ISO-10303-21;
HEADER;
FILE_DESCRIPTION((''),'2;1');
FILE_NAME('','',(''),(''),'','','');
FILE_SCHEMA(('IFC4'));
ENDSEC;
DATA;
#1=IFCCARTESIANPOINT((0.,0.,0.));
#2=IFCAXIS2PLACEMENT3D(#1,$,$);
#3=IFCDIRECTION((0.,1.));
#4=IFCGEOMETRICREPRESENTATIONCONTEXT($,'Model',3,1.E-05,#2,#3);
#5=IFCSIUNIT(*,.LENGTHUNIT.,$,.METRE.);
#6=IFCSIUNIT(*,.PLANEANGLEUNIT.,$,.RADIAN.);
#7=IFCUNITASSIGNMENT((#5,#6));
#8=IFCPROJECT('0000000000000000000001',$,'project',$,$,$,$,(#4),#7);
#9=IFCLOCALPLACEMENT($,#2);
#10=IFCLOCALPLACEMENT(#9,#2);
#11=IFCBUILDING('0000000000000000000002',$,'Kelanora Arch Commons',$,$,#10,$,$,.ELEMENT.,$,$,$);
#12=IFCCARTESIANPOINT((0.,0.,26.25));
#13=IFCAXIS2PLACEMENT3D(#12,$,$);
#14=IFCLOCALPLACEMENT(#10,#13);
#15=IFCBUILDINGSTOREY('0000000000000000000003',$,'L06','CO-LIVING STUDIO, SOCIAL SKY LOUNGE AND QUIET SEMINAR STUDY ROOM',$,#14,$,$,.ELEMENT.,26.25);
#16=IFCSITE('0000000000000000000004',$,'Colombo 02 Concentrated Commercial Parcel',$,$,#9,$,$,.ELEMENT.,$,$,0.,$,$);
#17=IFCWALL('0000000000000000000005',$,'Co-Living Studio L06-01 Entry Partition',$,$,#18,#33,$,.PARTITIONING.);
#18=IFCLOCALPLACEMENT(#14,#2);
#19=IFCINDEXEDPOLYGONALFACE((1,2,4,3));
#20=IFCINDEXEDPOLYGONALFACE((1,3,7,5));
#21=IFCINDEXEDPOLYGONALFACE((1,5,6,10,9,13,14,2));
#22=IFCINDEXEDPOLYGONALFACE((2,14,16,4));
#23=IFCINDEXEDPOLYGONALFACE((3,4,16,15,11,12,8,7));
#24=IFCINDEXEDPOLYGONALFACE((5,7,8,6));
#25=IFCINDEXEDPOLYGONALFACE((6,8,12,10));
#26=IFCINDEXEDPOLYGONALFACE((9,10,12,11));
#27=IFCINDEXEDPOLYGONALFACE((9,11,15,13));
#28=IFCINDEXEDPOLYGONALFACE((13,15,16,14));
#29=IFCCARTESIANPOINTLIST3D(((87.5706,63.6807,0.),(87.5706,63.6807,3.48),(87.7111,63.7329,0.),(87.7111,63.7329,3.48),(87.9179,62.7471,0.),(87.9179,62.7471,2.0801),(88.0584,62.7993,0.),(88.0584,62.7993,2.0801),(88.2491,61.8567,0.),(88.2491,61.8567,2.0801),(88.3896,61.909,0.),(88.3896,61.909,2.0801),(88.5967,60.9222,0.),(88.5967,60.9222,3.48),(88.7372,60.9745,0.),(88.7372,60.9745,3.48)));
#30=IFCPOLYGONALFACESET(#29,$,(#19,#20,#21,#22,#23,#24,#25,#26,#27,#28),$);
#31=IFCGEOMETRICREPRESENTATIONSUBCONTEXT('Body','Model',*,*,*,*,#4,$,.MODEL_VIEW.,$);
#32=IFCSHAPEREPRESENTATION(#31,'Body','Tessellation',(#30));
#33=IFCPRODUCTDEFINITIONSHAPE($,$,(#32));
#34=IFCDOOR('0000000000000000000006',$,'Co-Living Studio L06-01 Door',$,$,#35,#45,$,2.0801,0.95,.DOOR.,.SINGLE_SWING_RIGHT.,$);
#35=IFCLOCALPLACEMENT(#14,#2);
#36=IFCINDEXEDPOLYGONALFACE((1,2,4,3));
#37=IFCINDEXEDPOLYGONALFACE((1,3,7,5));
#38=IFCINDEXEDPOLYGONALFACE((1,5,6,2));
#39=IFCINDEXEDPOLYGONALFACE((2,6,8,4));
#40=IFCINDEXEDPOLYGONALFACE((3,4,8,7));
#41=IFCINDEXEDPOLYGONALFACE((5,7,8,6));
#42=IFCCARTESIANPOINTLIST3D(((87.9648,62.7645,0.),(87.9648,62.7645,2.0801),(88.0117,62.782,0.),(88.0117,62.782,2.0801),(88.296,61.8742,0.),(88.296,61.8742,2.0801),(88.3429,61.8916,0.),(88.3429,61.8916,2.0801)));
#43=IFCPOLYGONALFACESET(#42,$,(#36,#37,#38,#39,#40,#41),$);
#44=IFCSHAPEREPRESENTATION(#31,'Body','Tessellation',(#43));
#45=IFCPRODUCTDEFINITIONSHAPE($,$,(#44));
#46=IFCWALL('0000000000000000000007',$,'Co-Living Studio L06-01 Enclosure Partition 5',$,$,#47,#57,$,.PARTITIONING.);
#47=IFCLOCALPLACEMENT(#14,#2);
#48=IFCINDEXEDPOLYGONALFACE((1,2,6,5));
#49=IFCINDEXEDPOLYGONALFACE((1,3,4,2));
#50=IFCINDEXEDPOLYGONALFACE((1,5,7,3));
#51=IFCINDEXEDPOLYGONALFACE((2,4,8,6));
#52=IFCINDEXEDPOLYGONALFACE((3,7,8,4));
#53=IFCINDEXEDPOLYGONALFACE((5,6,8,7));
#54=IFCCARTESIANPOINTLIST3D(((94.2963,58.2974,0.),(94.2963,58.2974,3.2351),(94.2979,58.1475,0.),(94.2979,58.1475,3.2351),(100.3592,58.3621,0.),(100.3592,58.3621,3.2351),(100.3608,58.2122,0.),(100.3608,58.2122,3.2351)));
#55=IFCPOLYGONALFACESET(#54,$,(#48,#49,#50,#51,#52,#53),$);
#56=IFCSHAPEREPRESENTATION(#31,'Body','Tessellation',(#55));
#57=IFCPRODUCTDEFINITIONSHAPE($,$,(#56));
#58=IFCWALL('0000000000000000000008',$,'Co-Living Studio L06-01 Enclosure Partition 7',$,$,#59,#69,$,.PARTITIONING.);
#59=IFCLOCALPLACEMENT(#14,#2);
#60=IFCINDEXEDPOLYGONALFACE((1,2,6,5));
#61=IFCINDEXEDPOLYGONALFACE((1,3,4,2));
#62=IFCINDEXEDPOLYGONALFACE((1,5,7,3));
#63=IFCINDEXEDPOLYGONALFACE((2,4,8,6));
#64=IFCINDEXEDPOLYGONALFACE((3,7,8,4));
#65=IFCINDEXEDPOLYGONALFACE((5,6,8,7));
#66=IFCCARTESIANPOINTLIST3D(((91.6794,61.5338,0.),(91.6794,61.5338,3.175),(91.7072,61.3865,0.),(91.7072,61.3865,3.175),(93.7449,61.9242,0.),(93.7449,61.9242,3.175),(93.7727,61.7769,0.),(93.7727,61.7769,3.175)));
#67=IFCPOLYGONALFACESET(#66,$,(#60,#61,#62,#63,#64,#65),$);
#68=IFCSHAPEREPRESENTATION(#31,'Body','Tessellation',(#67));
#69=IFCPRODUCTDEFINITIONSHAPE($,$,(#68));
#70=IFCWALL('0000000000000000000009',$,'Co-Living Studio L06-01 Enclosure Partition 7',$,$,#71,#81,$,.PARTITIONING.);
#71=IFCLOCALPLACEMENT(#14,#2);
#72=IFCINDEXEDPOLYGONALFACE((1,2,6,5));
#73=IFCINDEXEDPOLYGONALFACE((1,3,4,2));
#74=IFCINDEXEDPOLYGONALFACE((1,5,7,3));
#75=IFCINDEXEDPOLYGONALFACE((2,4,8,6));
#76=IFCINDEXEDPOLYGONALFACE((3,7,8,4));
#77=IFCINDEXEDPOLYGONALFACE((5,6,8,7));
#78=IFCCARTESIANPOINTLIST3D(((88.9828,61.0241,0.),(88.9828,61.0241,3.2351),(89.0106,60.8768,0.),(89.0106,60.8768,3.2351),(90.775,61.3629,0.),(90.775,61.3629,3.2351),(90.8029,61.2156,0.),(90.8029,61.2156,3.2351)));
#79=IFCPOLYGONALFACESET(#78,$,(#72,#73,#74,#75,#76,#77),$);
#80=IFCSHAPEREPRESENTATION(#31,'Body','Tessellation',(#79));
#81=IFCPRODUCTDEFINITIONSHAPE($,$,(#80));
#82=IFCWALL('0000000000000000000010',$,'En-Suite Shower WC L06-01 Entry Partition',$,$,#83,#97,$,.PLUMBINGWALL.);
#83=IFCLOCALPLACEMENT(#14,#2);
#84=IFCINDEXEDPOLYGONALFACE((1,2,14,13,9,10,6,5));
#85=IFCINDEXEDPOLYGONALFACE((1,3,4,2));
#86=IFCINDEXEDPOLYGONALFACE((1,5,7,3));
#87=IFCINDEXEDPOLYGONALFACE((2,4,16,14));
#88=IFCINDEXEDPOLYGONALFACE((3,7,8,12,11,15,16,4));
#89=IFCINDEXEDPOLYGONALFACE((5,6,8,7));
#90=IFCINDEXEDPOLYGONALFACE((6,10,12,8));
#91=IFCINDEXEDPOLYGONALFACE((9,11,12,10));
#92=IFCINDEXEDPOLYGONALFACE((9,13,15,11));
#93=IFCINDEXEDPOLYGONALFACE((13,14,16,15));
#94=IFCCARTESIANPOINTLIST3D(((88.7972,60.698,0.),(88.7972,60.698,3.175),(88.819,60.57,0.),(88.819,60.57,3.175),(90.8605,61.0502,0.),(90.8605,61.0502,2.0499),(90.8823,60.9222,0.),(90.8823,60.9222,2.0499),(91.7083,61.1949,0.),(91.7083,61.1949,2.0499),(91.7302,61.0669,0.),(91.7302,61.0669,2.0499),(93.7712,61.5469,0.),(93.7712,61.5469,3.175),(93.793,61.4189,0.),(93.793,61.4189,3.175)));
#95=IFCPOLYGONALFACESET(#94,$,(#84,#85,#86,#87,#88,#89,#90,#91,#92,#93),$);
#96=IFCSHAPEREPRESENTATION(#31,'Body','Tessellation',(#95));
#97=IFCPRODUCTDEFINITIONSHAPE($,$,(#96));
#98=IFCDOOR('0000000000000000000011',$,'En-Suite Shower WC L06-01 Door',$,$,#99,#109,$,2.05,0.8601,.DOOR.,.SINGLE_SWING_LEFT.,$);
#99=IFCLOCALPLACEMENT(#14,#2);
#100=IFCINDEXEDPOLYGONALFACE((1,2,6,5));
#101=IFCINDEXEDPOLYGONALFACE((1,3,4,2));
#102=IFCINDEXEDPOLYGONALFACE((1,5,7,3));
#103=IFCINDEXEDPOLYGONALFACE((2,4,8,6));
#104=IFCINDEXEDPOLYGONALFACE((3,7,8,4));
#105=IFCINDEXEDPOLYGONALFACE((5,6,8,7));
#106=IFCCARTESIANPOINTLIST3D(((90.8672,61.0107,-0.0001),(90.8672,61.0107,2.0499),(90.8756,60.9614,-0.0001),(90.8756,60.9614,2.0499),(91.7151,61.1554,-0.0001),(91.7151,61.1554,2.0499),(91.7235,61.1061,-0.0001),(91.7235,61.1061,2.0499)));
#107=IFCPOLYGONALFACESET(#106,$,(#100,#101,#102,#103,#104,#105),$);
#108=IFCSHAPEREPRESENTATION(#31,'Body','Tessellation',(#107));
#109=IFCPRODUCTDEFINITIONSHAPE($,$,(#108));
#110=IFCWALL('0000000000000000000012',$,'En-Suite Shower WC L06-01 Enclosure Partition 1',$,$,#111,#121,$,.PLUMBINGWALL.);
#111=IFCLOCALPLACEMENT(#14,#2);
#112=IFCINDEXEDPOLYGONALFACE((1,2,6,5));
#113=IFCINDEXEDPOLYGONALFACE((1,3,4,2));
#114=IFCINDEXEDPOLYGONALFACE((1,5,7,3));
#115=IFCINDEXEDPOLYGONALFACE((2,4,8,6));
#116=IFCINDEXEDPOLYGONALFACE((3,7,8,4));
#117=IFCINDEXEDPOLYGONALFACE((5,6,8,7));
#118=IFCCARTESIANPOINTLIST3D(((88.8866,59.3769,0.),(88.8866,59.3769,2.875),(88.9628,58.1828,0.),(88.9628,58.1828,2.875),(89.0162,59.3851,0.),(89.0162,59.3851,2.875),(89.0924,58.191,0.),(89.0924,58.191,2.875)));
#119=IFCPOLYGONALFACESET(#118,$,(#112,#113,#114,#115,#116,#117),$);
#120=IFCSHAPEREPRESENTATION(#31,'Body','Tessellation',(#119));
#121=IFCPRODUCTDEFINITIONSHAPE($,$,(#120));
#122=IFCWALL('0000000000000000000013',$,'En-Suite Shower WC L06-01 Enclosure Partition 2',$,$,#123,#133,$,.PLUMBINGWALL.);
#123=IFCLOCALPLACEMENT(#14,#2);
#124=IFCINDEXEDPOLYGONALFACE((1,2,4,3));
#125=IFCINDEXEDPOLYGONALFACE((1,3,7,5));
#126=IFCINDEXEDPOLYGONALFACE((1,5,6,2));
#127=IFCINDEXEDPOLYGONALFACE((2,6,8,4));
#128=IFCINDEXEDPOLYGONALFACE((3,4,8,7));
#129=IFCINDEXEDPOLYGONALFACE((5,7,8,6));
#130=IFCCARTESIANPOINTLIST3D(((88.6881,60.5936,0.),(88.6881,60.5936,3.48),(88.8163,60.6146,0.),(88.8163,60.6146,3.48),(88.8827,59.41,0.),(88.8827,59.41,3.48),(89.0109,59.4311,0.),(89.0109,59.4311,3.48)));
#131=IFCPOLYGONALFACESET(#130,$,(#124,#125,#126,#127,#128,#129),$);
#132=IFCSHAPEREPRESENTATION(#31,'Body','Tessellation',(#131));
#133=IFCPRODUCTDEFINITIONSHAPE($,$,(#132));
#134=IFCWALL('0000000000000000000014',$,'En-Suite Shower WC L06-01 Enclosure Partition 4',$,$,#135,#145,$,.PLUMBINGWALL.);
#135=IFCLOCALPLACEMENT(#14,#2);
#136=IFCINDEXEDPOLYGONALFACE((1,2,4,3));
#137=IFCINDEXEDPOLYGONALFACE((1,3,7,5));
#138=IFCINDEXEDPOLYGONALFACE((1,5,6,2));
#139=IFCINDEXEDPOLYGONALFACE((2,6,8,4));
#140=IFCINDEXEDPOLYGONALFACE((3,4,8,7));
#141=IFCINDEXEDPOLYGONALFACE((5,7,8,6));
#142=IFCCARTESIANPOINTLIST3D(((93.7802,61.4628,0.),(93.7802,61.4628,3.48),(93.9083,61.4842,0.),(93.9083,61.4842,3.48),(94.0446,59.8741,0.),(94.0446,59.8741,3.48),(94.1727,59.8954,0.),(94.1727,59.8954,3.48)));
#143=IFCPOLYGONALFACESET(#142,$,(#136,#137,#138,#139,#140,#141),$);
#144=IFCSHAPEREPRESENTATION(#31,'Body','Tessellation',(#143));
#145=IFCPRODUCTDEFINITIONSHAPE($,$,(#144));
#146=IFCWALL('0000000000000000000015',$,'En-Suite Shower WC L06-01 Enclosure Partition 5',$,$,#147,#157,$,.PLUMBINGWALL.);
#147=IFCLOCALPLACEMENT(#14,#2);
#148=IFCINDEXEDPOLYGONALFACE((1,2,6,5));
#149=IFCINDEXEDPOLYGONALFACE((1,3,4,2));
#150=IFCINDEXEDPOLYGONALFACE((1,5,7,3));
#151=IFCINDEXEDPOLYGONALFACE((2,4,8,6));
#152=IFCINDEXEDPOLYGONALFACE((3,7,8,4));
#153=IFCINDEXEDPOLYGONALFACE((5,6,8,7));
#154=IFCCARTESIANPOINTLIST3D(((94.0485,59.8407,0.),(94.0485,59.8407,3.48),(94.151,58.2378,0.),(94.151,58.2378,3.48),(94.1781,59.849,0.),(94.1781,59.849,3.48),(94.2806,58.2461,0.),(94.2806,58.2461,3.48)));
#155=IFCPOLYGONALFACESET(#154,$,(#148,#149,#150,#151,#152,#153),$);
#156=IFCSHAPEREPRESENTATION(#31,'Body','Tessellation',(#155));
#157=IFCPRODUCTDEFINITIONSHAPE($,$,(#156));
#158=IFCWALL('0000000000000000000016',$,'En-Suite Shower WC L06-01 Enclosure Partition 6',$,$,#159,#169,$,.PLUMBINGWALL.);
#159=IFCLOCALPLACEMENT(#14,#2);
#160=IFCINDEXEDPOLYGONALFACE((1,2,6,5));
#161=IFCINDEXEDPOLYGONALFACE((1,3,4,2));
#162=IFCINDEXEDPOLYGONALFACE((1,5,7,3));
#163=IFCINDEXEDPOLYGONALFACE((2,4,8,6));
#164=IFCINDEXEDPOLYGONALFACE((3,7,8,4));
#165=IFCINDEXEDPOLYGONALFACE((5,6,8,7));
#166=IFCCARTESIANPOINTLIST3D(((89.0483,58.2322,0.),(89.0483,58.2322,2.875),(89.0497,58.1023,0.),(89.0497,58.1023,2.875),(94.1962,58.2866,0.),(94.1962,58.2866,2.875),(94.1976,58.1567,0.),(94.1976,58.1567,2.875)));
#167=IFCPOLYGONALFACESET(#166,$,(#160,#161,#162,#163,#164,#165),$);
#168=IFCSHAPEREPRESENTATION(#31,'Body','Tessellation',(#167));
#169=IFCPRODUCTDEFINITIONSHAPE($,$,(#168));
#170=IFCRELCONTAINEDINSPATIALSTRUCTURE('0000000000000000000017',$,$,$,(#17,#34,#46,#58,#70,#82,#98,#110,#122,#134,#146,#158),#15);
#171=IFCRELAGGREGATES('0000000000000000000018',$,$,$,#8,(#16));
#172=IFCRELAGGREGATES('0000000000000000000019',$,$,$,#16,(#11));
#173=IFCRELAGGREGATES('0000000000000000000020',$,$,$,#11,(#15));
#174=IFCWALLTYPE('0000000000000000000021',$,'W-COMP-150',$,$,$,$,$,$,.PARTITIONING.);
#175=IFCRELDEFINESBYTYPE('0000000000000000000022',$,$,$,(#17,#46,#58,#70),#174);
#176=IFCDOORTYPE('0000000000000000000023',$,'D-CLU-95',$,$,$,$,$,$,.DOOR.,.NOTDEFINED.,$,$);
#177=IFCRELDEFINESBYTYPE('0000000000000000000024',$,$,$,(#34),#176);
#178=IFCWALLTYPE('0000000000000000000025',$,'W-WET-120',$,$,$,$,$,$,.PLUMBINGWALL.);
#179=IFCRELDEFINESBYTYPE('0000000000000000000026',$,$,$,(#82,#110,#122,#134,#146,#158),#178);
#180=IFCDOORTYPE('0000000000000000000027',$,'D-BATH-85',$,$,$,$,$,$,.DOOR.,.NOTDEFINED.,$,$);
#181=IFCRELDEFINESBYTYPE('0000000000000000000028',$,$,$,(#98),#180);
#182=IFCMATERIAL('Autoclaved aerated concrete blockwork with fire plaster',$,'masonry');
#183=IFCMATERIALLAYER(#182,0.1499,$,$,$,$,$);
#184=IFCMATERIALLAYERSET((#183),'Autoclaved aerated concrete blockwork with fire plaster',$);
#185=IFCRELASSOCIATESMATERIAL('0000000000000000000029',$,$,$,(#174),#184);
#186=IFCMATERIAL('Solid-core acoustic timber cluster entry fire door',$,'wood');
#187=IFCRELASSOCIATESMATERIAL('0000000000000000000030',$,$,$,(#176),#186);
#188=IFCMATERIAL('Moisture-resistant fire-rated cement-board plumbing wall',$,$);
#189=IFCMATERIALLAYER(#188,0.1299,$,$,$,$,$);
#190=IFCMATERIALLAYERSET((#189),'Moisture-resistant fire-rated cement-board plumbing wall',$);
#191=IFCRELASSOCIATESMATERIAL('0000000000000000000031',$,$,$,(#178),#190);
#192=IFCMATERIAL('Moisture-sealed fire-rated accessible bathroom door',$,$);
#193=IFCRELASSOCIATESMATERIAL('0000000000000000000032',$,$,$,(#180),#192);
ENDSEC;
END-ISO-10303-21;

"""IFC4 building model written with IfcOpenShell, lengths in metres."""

from ifc_helpers import new_model, si_unit, direction, frame, frame_2d, origin, place, context, subcontext, project, spatial, rectangle, extrude, material, layer, layer_set, type_object, element, fill, save


model = new_model("IFC4")

# Units and contexts
model_context = context("Model", 3, precision=1e-05, world=origin(), true_north=direction((0.0, 1.0)))
body_context = subcontext(model_context, "Body", "Model", "MODEL_VIEW")
ifc_project = project(units=[si_unit("LENGTHUNIT", "METRE"), si_unit("PLANEANGLEUNIT", "RADIAN")], contexts=[model_context])

# Site, building, storey
site_placement = place(None, origin())
site = spatial("IfcSite", under=ifc_project, at=site_placement, Name="Colombo 02 Concentrated Commercial Parcel", CompositionType="ELEMENT", RefElevation=0.0)
building_placement = place(site_placement, origin())
building = spatial("IfcBuilding", under=site, at=building_placement, Name="Kelanora Arch Commons", CompositionType="ELEMENT")
storey_placement = place(building_placement, frame((0.0, 0.0, 26.25)))
storey = spatial("IfcBuildingStorey", under=building, at=storey_placement, Name="L06", Description="CO-LIVING STUDIO, SOCIAL SKY LOUNGE AND QUIET SEMINAR STUDY ROOM", CompositionType="ELEMENT", Elevation=26.25)

# Wall, opening, door
ifc_material_1 = material(Name="Autoclaved aerated concrete blockwork with fire plaster", Category="masonry")
ifc_layer_1 = layer(ifc_material_1, 0.1499)
ifc_layer_set_1 = layer_set([ifc_layer_1], Name="Autoclaved aerated concrete blockwork with fire plaster")
wall_type_1 = type_object("IfcWallType", Name="W-COMP-150", PredefinedType="PARTITIONING", material=ifc_layer_set_1)
wall_1_placement = place(storey_placement, frame((88.667, 60.9482, 0.0), z_axis=(0.0, 0.0, 1.0), x_axis=(-0.348641, 0.937257, 0.0)))
wall_1 = element("IfcWall", 1, at=wall_1_placement, inside=storey, type_object=wall_type_1, Name="Co-Living Studio L06-01 Entry Partition", PredefinedType="PARTITIONING", context=body_context, shape_type="SweptSolid", body=[
    extrude(rectangle(XDim=2.9431, YDim=0.1499, at=frame_2d((1.4717, 0.0))), origin(), (0.0, 0.0, 1.0), 3.48),
])
opening_1_placement = place(wall_1_placement, frame((0.9971, 0.0, 0.0)))
opening_1 = element("IfcOpeningElement", 2, at=opening_1_placement, cuts=wall_1, PredefinedType="OPENING", context=body_context, shape_type="SweptSolid", body=[
    extrude(rectangle(XDim=0.95, YDim=2.0801, at=frame_2d((0.4751, 1.04))), frame((0.0, 0.085, 0.0), z_axis=(0.0, -1.0, 0.0), x_axis=(1.0, 0.0, 0.0)), (0.0, 0.0, 1.0), 0.1699),
])
ifc_material_2 = material(Name="Solid-core acoustic timber cluster entry fire door", Category="wood")
door_type_1 = type_object("IfcDoorType", Name="D-CLU-95", OperationType="NOTDEFINED", PredefinedType="DOOR", material=ifc_material_2)
door_1_placement = place(opening_1_placement, origin())
door_1 = element("IfcDoor", 3, at=door_1_placement, inside=storey, type_object=door_type_1, Name="Co-Living Studio L06-01 Door", OperationType="SINGLE_SWING_RIGHT", OverallHeight=2.0801, OverallWidth=0.95, PredefinedType="DOOR", context=body_context, shape_type="SweptSolid", body=[
    extrude(rectangle(XDim=0.95, YDim=2.0801, at=frame_2d((0.4751, 1.04))), frame((0.0, 0.0249, 0.0), z_axis=(0.0, -1.0, 0.0), x_axis=(1.0, 0.0, 0.0)), (0.0, 0.0, 1.0), 0.05),
])
fill(opening_1, door_1)

# Walls
wall_2_placement = place(storey_placement, frame((100.3601, 58.2871, 0.0), z_axis=(0.0, 0.0, 1.0), x_axis=(-0.999943, -0.01067, 0.0)))
element("IfcWall", 4, at=wall_2_placement, inside=storey, type_object=wall_type_1, Name="Co-Living Studio L06-01 Enclosure Partition 5", PredefinedType="PARTITIONING", context=body_context, shape_type="SweptSolid", body=[
    extrude(rectangle(XDim=6.0632, YDim=0.1499, at=frame_2d((3.0317, 0.0))), origin(), (0.0, 0.0, 1.0), 3.2351),
])
wall_3_placement = place(storey_placement, frame((93.7588, 61.8506, 0.0), z_axis=(0.0, 0.0, 1.0), x_axis=(-0.982603, -0.185719, 0.0)))
element("IfcWall", 5, at=wall_3_placement, inside=storey, type_object=wall_type_1, Name="Co-Living Studio L06-01 Enclosure Partition 7", PredefinedType="PARTITIONING", context=body_context, shape_type="SweptSolid", body=[
    extrude(rectangle(XDim=2.1021, YDim=0.1499, at=frame_2d((1.051, 0.0))), origin(), (0.0, 0.0, 1.0), 3.175),
])
wall_4_placement = place(storey_placement, frame((90.7891, 61.2893, 0.0), z_axis=(0.0, 0.0, 1.0), x_axis=(-0.982591, -0.185783, 0.0)))
element("IfcWall", 6, at=wall_4_placement, inside=storey, type_object=wall_type_1, Name="Co-Living Studio L06-01 Enclosure Partition 7", PredefinedType="PARTITIONING", context=body_context, shape_type="SweptSolid", body=[
    extrude(rectangle(XDim=1.824, YDim=0.1499, at=frame_2d((0.9121, 0.0))), origin(), (0.0, 0.0, 1.0), 3.2351),
])

# Wall, opening, door
ifc_material_3 = material(Name="Moisture-resistant fire-rated cement-board plumbing wall")
ifc_layer_2 = layer(ifc_material_3, 0.1299)
ifc_layer_set_2 = layer_set([ifc_layer_2], Name="Moisture-resistant fire-rated cement-board plumbing wall")
wall_type_2 = type_object("IfcWallType", Name="W-WET-120", PredefinedType="PLUMBINGWALL", material=ifc_layer_set_2)
wall_5_placement = place(storey_placement, frame((88.8081, 60.634, 0.0), z_axis=(0.0, 0.0, 1.0), x_axis=(0.985747, 0.168235, 0.0)))
wall_5 = element("IfcWall", 7, at=wall_5_placement, inside=storey, type_object=wall_type_2, Name="En-Suite Shower WC L06-01 Entry Partition", PredefinedType="PLUMBINGWALL", context=body_context, shape_type="SweptSolid", body=[
    extrude(rectangle(XDim=5.0459, YDim=0.1299, at=frame_2d((2.5229, 0.0))), origin(), (0.0, 0.0, 1.0), 3.175),
])
opening_2_placement = place(wall_5_placement, frame((2.093, 0.0, 0.0)))
opening_2 = element("IfcOpeningElement", 8, at=opening_2_placement, cuts=wall_5, PredefinedType="OPENING", context=body_context, shape_type="SweptSolid", body=[
    extrude(rectangle(XDim=0.8601, YDim=2.05, at=frame_2d((0.4302, 1.0249))), frame((0.0, 0.075, 0.0), z_axis=(0.0, -1.0, 0.0), x_axis=(1.0, 0.0, 0.0)), (0.0, 0.0, 1.0), 0.1499),
])
ifc_material_4 = material(Name="Moisture-sealed fire-rated accessible bathroom door")
door_type_2 = type_object("IfcDoorType", Name="D-BATH-85", OperationType="NOTDEFINED", PredefinedType="DOOR", material=ifc_material_4)
door_2_placement = place(opening_2_placement, origin())
door_2 = element("IfcDoor", 9, at=door_2_placement, inside=storey, type_object=door_type_2, Name="En-Suite Shower WC L06-01 Door", OperationType="SINGLE_SWING_LEFT", OverallHeight=2.05, OverallWidth=0.8601, PredefinedType="DOOR", context=body_context, shape_type="SweptSolid", body=[
    extrude(rectangle(XDim=0.8601, YDim=2.05, at=frame_2d((0.4302, 1.0249))), frame((0.0, 0.0249, 0.0), z_axis=(0.0, -1.0, 0.0), x_axis=(1.0, 0.0, 0.0)), (0.0, 0.0, 1.0), 0.05),
])
fill(opening_2, door_2)

# Walls
wall_6_placement = place(storey_placement, frame((89.0276, 58.187, 0.0), z_axis=(0.0, 0.0, 1.0), x_axis=(-0.063661, 0.997972, 0.0)))
element("IfcWall", 10, at=wall_6_placement, inside=storey, type_object=wall_type_2, Name="En-Suite Shower WC L06-01 Enclosure Partition 1", PredefinedType="PLUMBINGWALL", context=body_context, shape_type="SweptSolid", body=[
    extrude(rectangle(XDim=1.1965, YDim=0.1299, at=frame_2d((0.5981, 0.0))), origin(), (0.0, 0.0, 1.0), 2.875),
])
wall_7_placement = place(storey_placement, frame((88.9468, 59.4207, 0.0), z_axis=(0.0, 0.0, 1.0), x_axis=(-0.16222, 0.986755, 0.0)))
element("IfcWall", 11, at=wall_7_placement, inside=storey, type_object=wall_type_2, Name="En-Suite Shower WC L06-01 Enclosure Partition 2", PredefinedType="PLUMBINGWALL", context=body_context, shape_type="SweptSolid", body=[
    extrude(rectangle(XDim=1.1995, YDim=0.1299, at=frame_2d((0.5996, 0.0))), origin(), (0.0, 0.0, 1.0), 3.48),
])
wall_8_placement = place(storey_placement, frame((93.8442, 61.4734, 0.0), z_axis=(0.0, 0.0, 1.0), x_axis=(0.164178, -0.986431, 0.0)))
element("IfcWall", 12, at=wall_8_placement, inside=storey, type_object=wall_type_2, Name="En-Suite Shower WC L06-01 Enclosure Partition 4", PredefinedType="PLUMBINGWALL", context=body_context, shape_type="SweptSolid", body=[
    extrude(rectangle(XDim=1.6106, YDim=0.1299, at=frame_2d((0.8052, 0.0))), origin(), (0.0, 0.0, 1.0), 3.48),
])
wall_9_placement = place(storey_placement, frame((94.1133, 59.845, 0.0), z_axis=(0.0, 0.0, 1.0), x_axis=(0.063835, -0.99796, 0.0)))
element("IfcWall", 13, at=wall_9_placement, inside=storey, type_object=wall_type_2, Name="En-Suite Shower WC L06-01 Enclosure Partition 5", PredefinedType="PLUMBINGWALL", context=body_context, shape_type="SweptSolid", body=[
    extrude(rectangle(XDim=1.6062, YDim=0.1299, at=frame_2d((0.8032, 0.0))), origin(), (0.0, 0.0, 1.0), 3.48),
])
wall_10_placement = place(storey_placement, frame((94.197, 58.2217, 0.0), z_axis=(0.0, 0.0, 1.0), x_axis=(-0.999944, -0.010575, 0.0)))
element("IfcWall", 14, at=wall_10_placement, inside=storey, type_object=wall_type_2, Name="En-Suite Shower WC L06-01 Enclosure Partition 6", PredefinedType="PLUMBINGWALL", context=body_context, shape_type="SweptSolid", body=[
    extrude(rectangle(XDim=5.1482, YDim=0.1299, at=frame_2d((2.5742, 0.0))), origin(), (0.0, 0.0, 1.0), 2.875),
])

save(model, "model.ifc")
